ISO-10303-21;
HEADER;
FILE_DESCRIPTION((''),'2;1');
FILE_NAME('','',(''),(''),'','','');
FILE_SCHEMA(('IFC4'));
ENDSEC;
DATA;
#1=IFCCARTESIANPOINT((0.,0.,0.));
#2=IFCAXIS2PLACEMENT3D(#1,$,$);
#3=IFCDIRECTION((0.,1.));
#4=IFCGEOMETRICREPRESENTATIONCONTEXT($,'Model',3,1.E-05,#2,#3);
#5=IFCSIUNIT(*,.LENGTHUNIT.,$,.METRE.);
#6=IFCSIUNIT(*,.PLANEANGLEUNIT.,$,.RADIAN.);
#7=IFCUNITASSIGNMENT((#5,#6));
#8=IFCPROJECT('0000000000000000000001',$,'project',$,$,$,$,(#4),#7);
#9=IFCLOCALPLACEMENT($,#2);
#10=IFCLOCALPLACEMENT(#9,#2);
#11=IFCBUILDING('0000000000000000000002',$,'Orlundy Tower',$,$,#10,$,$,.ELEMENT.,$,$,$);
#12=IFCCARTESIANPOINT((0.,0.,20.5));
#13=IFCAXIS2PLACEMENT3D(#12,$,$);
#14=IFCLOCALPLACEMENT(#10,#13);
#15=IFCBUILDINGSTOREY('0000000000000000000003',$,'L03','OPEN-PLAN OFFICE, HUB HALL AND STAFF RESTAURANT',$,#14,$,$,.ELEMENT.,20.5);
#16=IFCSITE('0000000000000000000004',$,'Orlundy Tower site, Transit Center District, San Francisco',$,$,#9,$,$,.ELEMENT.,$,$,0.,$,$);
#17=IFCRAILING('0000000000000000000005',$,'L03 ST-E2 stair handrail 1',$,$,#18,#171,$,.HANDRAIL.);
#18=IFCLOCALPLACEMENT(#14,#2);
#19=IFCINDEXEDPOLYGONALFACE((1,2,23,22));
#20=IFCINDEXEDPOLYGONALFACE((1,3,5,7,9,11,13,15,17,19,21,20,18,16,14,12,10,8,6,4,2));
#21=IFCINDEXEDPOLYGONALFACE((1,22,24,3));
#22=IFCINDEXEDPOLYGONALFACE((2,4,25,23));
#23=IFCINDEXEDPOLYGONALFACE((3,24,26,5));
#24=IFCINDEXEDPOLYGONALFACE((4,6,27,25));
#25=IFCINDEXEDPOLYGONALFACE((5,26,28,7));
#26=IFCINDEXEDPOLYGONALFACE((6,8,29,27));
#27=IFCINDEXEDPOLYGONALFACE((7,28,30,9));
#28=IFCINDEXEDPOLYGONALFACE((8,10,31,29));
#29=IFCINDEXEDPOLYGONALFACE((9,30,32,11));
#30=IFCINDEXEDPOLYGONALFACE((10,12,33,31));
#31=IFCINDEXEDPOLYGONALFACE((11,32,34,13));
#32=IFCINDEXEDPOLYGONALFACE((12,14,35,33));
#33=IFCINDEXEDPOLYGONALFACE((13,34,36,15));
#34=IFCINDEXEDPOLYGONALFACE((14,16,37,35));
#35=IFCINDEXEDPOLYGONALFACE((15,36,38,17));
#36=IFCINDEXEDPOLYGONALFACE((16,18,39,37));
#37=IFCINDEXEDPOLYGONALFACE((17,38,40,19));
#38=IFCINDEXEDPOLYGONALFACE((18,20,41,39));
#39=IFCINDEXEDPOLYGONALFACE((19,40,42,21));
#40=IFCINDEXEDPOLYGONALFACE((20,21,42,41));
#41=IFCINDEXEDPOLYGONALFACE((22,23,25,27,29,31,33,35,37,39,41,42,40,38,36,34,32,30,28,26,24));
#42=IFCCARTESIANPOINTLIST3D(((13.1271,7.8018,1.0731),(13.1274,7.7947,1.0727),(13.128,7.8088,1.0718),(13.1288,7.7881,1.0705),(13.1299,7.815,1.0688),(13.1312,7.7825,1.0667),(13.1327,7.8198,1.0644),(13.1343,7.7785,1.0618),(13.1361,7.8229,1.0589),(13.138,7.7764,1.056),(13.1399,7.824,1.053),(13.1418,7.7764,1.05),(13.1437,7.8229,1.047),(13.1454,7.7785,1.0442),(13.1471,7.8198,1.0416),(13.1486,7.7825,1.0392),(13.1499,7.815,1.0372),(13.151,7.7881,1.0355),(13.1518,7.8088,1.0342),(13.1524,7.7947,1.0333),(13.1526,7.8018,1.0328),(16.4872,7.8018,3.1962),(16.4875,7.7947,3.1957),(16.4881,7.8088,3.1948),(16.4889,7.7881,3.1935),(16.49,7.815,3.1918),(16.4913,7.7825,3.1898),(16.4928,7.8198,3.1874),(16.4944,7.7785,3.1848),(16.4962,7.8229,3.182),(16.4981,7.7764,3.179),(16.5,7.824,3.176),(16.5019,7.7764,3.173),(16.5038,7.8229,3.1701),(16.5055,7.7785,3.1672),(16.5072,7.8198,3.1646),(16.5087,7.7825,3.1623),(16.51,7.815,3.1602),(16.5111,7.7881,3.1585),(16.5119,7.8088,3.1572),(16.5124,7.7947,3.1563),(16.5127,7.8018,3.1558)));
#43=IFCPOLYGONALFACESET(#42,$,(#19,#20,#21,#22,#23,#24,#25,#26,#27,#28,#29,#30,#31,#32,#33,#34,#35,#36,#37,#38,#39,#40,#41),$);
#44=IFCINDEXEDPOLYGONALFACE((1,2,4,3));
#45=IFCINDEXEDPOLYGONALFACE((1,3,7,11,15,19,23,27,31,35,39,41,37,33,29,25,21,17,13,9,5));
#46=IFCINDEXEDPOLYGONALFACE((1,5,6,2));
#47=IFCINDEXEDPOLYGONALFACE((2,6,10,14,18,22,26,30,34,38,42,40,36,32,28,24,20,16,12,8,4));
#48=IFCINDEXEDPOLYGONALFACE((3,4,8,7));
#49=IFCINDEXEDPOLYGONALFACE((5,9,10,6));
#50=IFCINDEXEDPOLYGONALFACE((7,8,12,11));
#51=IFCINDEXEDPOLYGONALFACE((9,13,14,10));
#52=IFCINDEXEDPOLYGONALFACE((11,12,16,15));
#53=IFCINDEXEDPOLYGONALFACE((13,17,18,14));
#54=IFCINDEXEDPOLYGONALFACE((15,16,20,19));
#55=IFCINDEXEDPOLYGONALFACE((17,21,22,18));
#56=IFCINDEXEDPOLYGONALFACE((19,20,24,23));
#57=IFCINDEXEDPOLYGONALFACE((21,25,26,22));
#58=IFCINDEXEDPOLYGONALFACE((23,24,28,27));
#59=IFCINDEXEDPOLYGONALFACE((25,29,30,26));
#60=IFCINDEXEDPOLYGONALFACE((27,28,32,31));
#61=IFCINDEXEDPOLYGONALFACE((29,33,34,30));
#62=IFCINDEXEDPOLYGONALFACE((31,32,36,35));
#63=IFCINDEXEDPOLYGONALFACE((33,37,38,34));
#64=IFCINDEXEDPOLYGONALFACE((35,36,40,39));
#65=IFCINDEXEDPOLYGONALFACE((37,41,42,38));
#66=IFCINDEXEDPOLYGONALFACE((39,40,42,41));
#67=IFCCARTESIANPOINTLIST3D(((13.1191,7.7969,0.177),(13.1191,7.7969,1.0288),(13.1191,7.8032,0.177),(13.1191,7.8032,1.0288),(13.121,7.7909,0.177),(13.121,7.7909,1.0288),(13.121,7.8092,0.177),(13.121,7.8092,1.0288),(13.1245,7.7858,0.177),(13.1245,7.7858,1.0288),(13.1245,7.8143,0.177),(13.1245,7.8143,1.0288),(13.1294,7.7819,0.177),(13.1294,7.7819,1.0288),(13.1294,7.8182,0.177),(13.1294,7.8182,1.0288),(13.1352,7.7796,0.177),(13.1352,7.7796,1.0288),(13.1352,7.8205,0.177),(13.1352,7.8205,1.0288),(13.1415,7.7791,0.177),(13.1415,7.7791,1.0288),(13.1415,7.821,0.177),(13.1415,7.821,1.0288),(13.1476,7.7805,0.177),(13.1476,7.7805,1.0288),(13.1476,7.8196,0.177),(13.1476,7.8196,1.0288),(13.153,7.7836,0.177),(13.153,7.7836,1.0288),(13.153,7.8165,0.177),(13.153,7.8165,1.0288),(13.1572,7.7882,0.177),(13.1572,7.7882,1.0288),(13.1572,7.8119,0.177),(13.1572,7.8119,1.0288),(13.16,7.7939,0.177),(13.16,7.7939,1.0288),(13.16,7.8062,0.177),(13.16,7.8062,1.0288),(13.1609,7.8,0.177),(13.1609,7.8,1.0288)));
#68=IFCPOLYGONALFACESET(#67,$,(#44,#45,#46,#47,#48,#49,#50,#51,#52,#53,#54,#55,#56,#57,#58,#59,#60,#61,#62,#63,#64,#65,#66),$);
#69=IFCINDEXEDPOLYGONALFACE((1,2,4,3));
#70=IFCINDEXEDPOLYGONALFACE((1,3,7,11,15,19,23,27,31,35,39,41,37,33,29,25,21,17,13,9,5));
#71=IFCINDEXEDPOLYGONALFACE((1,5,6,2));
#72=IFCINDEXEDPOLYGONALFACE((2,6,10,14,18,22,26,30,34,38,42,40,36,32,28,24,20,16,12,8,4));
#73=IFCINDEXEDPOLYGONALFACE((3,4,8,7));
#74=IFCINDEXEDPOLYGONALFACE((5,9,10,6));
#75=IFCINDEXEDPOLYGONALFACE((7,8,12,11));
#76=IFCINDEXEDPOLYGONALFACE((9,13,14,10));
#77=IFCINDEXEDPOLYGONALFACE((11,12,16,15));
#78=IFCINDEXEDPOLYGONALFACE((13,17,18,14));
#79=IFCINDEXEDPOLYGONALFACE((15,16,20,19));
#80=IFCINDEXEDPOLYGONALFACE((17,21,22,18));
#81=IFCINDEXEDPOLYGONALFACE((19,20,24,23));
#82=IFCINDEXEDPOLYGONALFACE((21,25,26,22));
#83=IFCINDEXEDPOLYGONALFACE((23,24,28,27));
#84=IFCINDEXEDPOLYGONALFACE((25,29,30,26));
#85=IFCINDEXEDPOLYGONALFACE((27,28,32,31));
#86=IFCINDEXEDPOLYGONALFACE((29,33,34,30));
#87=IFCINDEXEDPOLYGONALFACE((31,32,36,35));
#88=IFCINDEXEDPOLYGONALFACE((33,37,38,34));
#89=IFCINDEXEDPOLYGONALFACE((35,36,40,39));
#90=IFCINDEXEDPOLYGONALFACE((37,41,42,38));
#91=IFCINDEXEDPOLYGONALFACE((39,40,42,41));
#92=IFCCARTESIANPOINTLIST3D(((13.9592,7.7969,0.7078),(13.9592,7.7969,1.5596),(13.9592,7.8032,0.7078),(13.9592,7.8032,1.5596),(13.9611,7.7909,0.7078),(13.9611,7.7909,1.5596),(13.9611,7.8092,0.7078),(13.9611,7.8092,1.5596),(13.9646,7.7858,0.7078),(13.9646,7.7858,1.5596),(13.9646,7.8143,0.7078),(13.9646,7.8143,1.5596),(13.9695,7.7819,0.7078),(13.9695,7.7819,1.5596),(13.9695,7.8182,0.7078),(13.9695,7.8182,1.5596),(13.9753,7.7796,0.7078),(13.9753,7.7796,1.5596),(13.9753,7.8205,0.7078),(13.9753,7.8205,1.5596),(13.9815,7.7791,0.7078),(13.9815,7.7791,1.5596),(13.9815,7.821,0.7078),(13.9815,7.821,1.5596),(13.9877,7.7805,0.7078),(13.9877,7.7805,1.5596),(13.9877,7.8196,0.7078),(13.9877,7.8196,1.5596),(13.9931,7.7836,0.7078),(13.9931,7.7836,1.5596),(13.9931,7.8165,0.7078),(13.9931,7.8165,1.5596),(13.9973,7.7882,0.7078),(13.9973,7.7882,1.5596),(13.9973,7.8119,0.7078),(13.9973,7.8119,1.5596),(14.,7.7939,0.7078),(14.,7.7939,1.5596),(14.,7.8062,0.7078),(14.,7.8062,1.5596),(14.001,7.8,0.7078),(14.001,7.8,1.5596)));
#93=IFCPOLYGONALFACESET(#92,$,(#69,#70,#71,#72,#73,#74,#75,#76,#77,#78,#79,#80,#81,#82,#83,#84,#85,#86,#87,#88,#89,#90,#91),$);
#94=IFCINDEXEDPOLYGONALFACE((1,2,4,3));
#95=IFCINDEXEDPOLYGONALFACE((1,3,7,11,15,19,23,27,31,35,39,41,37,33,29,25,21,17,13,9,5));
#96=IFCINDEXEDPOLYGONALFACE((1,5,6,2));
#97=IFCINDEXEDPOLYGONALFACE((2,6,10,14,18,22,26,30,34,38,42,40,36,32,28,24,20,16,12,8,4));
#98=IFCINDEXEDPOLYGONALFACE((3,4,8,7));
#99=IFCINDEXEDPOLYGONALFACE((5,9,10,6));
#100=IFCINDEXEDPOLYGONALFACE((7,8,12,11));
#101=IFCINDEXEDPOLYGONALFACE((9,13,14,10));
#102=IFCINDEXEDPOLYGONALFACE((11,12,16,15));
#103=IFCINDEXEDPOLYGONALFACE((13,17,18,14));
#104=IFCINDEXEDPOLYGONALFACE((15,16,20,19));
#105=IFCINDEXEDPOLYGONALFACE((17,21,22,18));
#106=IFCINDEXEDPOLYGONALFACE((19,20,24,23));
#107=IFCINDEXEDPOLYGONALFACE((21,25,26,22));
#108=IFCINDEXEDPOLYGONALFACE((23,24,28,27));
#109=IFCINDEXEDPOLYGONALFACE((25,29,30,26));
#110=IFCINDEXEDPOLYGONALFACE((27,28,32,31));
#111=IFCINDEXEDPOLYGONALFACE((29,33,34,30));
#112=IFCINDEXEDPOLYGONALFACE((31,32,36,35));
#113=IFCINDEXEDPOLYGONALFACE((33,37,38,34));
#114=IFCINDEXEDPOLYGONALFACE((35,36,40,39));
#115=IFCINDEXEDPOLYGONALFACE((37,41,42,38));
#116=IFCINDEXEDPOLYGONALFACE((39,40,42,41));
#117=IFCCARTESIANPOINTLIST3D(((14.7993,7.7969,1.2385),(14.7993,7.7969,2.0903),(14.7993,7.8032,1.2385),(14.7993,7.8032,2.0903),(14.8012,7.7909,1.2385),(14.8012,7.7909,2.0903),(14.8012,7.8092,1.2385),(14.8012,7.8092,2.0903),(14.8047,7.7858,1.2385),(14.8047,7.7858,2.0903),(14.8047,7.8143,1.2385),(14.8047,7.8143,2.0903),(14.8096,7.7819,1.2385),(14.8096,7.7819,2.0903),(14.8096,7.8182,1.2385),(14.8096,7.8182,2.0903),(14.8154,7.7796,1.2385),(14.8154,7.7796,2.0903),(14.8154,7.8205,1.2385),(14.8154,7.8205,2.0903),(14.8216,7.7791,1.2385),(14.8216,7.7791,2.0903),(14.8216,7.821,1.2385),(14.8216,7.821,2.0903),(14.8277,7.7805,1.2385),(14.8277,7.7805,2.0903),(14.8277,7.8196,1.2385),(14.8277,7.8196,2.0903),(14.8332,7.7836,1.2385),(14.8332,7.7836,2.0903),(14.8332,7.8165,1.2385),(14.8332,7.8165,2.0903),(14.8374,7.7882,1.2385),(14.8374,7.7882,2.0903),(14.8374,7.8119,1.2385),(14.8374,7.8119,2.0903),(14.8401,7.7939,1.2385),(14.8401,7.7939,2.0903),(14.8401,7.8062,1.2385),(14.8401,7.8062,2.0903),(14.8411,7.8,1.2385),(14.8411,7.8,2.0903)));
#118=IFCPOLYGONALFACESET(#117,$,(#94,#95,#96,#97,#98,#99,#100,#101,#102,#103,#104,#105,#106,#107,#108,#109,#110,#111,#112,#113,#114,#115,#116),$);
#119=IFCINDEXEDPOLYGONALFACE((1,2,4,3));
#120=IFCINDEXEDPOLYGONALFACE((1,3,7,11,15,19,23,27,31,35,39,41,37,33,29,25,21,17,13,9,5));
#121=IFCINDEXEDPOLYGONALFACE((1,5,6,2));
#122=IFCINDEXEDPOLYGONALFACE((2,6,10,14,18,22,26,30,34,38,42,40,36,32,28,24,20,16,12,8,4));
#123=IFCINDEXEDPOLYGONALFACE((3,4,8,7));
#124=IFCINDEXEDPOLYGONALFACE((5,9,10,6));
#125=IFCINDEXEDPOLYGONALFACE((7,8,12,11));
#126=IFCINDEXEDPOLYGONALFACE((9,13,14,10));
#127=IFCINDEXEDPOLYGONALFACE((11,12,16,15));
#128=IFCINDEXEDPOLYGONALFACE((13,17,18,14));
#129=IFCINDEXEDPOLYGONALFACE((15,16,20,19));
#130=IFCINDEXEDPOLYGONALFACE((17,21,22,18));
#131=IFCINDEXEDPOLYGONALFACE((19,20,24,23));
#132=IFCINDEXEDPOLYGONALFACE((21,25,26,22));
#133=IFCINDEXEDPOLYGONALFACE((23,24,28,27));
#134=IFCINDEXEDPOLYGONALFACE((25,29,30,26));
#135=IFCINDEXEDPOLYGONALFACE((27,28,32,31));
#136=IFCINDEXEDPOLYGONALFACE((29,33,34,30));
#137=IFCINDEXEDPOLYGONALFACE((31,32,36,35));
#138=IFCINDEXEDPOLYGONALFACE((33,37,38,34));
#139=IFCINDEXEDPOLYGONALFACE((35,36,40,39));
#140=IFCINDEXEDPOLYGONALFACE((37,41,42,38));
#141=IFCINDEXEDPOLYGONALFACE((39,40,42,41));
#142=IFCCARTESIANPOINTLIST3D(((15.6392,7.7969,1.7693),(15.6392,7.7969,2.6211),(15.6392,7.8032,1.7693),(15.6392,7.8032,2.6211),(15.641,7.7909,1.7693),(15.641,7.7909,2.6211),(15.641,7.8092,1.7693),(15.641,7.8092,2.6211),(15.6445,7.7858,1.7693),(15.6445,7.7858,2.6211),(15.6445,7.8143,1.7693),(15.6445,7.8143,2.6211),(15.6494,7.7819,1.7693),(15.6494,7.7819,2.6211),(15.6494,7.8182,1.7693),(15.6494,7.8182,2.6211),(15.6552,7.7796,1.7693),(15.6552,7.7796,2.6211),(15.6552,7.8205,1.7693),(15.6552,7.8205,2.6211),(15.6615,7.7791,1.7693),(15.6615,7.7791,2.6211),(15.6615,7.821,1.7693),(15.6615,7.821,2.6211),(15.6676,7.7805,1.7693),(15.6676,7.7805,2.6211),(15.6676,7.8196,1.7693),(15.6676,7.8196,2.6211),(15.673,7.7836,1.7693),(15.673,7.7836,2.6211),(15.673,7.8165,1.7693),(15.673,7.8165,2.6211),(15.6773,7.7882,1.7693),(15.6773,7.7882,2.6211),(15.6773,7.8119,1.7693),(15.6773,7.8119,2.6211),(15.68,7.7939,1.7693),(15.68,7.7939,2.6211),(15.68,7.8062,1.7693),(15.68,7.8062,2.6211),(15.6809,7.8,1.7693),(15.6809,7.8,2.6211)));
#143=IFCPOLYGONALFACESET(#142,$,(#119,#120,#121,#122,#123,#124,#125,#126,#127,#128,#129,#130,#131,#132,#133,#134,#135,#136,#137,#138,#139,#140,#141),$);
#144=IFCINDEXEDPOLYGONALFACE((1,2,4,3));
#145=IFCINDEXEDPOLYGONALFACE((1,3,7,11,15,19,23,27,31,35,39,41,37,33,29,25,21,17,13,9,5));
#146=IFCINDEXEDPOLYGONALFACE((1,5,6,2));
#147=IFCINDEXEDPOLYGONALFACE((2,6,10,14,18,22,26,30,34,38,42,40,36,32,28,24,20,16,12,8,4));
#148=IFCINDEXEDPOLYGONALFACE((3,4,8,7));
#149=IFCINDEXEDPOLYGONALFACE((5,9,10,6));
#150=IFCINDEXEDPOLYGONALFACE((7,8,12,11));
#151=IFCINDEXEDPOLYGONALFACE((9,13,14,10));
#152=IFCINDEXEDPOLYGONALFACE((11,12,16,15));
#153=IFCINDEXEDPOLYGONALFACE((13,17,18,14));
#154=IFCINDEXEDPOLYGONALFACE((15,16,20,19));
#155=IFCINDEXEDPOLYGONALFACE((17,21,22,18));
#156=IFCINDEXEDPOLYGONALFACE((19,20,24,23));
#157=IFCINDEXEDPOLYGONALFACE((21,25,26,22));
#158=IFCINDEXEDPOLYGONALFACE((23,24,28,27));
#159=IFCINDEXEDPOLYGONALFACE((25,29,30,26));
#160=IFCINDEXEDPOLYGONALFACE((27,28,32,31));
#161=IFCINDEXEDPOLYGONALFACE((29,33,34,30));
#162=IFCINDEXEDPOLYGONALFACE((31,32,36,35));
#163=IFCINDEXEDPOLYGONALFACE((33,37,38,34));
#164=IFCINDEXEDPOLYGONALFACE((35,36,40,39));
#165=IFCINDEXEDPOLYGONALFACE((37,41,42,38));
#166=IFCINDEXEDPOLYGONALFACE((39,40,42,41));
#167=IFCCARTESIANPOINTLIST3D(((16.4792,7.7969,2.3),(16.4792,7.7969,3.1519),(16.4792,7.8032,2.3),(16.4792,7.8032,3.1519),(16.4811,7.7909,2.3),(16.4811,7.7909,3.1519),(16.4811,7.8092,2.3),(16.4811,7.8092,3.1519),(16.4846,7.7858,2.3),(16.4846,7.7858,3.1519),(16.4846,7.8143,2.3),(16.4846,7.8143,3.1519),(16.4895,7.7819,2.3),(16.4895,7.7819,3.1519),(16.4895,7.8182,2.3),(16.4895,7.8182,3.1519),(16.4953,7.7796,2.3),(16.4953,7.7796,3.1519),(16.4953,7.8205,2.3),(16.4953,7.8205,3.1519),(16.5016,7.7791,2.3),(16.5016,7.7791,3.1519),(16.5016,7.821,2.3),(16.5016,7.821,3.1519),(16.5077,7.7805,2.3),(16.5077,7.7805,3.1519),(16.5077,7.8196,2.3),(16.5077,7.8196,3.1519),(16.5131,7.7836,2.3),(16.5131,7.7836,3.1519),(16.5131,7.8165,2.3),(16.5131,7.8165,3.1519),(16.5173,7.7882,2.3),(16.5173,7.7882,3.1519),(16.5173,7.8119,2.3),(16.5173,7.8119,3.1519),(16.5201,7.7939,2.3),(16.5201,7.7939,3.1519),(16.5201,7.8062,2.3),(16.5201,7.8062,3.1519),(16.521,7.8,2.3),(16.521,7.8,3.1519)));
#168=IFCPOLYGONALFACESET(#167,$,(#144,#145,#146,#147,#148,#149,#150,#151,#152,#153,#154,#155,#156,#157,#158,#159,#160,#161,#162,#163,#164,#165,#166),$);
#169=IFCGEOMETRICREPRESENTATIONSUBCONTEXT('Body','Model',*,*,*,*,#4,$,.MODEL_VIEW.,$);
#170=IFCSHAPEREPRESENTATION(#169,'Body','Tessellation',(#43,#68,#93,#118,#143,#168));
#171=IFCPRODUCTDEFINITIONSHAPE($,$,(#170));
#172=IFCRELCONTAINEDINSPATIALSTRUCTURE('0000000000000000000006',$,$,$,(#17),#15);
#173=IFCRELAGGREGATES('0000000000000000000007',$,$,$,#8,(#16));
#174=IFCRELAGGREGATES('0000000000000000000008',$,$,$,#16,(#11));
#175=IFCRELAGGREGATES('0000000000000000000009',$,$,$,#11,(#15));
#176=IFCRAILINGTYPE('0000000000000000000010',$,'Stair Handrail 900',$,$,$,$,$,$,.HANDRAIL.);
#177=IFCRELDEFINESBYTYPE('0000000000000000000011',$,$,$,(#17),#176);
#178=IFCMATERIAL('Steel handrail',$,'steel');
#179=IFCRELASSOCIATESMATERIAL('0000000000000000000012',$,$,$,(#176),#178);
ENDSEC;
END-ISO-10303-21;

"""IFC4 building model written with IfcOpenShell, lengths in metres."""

from ifc_helpers import new_model, si_unit, direction, frame, origin, origin_2d, place, context, subcontext, project, spatial, circle, extrude, material, type_object, element, save


model = new_model("IFC4")

# Units and contexts
model_context = context("Model", 3, precision=1e-05, world=origin(), true_north=direction((0.0, 1.0)))
body_context = subcontext(model_context, "Body", "Model", "MODEL_VIEW")
ifc_project = project(units=[si_unit("LENGTHUNIT", "METRE"), si_unit("PLANEANGLEUNIT", "RADIAN")], contexts=[model_context])

# Site, building, storey
site_placement = place(None, origin())
site = spatial("IfcSite", under=ifc_project, at=site_placement, Name="Orlundy Tower site, Transit Center District, San Francisco", CompositionType="ELEMENT", RefElevation=0.0)
building_placement = place(site_placement, origin())
building = spatial("IfcBuilding", under=site, at=building_placement, Name="Orlundy Tower", CompositionType="ELEMENT")
storey_placement = place(building_placement, frame((0.0, 0.0, 20.5)))
storey = spatial("IfcBuildingStorey", under=building, at=storey_placement, Name="L03", Description="OPEN-PLAN OFFICE, HUB HALL AND STAFF RESTAURANT", CompositionType="ELEMENT", Elevation=20.5)

# Railing
ifc_material_1 = material(Name="Steel handrail", Category="steel")
railing_type_1 = type_object("IfcRailingType", Name="Stair Handrail 900", PredefinedType="HANDRAIL", material=ifc_material_1)
railing_1_placement = place(storey_placement, frame((13.1399, 7.8, 0.177)))
element("IfcRailing", 1, at=railing_1_placement, inside=storey, type_object=railing_type_1, Name="L03 ST-E2 stair handrail 1", PredefinedType="HANDRAIL", context=body_context, shape_type="SweptSolid", body=[
    extrude(circle(Radius=0.0239, at=origin_2d()), frame((0.0, 0.0, 0.876), z_axis=(0.84539, 0.0, 0.53415), x_axis=(0.0, 1.0, 0.0)), (0.0, 0.0, 1.0), 3.9746),
    extrude(circle(Radius=0.021, at=origin_2d()), origin(), (0.0, 0.0, 1.0), 0.8518),
    extrude(circle(Radius=0.021, at=origin_2d()), frame((0.8401, 0.0, 0.5308)), (0.0, 0.0, 1.0), 0.8518),
    extrude(circle(Radius=0.021, at=origin_2d()), frame((1.6802, 0.0, 1.0615)), (0.0, 0.0, 1.0), 0.8518),
    extrude(circle(Radius=0.021, at=origin_2d()), frame((2.52, 0.0, 1.5923)), (0.0, 0.0, 1.0), 0.8518),
    extrude(circle(Radius=0.021, at=origin_2d()), frame((3.3601, 0.0, 2.123)), (0.0, 0.0, 1.0), 0.8518),
])

save(model, "model.ifc")
